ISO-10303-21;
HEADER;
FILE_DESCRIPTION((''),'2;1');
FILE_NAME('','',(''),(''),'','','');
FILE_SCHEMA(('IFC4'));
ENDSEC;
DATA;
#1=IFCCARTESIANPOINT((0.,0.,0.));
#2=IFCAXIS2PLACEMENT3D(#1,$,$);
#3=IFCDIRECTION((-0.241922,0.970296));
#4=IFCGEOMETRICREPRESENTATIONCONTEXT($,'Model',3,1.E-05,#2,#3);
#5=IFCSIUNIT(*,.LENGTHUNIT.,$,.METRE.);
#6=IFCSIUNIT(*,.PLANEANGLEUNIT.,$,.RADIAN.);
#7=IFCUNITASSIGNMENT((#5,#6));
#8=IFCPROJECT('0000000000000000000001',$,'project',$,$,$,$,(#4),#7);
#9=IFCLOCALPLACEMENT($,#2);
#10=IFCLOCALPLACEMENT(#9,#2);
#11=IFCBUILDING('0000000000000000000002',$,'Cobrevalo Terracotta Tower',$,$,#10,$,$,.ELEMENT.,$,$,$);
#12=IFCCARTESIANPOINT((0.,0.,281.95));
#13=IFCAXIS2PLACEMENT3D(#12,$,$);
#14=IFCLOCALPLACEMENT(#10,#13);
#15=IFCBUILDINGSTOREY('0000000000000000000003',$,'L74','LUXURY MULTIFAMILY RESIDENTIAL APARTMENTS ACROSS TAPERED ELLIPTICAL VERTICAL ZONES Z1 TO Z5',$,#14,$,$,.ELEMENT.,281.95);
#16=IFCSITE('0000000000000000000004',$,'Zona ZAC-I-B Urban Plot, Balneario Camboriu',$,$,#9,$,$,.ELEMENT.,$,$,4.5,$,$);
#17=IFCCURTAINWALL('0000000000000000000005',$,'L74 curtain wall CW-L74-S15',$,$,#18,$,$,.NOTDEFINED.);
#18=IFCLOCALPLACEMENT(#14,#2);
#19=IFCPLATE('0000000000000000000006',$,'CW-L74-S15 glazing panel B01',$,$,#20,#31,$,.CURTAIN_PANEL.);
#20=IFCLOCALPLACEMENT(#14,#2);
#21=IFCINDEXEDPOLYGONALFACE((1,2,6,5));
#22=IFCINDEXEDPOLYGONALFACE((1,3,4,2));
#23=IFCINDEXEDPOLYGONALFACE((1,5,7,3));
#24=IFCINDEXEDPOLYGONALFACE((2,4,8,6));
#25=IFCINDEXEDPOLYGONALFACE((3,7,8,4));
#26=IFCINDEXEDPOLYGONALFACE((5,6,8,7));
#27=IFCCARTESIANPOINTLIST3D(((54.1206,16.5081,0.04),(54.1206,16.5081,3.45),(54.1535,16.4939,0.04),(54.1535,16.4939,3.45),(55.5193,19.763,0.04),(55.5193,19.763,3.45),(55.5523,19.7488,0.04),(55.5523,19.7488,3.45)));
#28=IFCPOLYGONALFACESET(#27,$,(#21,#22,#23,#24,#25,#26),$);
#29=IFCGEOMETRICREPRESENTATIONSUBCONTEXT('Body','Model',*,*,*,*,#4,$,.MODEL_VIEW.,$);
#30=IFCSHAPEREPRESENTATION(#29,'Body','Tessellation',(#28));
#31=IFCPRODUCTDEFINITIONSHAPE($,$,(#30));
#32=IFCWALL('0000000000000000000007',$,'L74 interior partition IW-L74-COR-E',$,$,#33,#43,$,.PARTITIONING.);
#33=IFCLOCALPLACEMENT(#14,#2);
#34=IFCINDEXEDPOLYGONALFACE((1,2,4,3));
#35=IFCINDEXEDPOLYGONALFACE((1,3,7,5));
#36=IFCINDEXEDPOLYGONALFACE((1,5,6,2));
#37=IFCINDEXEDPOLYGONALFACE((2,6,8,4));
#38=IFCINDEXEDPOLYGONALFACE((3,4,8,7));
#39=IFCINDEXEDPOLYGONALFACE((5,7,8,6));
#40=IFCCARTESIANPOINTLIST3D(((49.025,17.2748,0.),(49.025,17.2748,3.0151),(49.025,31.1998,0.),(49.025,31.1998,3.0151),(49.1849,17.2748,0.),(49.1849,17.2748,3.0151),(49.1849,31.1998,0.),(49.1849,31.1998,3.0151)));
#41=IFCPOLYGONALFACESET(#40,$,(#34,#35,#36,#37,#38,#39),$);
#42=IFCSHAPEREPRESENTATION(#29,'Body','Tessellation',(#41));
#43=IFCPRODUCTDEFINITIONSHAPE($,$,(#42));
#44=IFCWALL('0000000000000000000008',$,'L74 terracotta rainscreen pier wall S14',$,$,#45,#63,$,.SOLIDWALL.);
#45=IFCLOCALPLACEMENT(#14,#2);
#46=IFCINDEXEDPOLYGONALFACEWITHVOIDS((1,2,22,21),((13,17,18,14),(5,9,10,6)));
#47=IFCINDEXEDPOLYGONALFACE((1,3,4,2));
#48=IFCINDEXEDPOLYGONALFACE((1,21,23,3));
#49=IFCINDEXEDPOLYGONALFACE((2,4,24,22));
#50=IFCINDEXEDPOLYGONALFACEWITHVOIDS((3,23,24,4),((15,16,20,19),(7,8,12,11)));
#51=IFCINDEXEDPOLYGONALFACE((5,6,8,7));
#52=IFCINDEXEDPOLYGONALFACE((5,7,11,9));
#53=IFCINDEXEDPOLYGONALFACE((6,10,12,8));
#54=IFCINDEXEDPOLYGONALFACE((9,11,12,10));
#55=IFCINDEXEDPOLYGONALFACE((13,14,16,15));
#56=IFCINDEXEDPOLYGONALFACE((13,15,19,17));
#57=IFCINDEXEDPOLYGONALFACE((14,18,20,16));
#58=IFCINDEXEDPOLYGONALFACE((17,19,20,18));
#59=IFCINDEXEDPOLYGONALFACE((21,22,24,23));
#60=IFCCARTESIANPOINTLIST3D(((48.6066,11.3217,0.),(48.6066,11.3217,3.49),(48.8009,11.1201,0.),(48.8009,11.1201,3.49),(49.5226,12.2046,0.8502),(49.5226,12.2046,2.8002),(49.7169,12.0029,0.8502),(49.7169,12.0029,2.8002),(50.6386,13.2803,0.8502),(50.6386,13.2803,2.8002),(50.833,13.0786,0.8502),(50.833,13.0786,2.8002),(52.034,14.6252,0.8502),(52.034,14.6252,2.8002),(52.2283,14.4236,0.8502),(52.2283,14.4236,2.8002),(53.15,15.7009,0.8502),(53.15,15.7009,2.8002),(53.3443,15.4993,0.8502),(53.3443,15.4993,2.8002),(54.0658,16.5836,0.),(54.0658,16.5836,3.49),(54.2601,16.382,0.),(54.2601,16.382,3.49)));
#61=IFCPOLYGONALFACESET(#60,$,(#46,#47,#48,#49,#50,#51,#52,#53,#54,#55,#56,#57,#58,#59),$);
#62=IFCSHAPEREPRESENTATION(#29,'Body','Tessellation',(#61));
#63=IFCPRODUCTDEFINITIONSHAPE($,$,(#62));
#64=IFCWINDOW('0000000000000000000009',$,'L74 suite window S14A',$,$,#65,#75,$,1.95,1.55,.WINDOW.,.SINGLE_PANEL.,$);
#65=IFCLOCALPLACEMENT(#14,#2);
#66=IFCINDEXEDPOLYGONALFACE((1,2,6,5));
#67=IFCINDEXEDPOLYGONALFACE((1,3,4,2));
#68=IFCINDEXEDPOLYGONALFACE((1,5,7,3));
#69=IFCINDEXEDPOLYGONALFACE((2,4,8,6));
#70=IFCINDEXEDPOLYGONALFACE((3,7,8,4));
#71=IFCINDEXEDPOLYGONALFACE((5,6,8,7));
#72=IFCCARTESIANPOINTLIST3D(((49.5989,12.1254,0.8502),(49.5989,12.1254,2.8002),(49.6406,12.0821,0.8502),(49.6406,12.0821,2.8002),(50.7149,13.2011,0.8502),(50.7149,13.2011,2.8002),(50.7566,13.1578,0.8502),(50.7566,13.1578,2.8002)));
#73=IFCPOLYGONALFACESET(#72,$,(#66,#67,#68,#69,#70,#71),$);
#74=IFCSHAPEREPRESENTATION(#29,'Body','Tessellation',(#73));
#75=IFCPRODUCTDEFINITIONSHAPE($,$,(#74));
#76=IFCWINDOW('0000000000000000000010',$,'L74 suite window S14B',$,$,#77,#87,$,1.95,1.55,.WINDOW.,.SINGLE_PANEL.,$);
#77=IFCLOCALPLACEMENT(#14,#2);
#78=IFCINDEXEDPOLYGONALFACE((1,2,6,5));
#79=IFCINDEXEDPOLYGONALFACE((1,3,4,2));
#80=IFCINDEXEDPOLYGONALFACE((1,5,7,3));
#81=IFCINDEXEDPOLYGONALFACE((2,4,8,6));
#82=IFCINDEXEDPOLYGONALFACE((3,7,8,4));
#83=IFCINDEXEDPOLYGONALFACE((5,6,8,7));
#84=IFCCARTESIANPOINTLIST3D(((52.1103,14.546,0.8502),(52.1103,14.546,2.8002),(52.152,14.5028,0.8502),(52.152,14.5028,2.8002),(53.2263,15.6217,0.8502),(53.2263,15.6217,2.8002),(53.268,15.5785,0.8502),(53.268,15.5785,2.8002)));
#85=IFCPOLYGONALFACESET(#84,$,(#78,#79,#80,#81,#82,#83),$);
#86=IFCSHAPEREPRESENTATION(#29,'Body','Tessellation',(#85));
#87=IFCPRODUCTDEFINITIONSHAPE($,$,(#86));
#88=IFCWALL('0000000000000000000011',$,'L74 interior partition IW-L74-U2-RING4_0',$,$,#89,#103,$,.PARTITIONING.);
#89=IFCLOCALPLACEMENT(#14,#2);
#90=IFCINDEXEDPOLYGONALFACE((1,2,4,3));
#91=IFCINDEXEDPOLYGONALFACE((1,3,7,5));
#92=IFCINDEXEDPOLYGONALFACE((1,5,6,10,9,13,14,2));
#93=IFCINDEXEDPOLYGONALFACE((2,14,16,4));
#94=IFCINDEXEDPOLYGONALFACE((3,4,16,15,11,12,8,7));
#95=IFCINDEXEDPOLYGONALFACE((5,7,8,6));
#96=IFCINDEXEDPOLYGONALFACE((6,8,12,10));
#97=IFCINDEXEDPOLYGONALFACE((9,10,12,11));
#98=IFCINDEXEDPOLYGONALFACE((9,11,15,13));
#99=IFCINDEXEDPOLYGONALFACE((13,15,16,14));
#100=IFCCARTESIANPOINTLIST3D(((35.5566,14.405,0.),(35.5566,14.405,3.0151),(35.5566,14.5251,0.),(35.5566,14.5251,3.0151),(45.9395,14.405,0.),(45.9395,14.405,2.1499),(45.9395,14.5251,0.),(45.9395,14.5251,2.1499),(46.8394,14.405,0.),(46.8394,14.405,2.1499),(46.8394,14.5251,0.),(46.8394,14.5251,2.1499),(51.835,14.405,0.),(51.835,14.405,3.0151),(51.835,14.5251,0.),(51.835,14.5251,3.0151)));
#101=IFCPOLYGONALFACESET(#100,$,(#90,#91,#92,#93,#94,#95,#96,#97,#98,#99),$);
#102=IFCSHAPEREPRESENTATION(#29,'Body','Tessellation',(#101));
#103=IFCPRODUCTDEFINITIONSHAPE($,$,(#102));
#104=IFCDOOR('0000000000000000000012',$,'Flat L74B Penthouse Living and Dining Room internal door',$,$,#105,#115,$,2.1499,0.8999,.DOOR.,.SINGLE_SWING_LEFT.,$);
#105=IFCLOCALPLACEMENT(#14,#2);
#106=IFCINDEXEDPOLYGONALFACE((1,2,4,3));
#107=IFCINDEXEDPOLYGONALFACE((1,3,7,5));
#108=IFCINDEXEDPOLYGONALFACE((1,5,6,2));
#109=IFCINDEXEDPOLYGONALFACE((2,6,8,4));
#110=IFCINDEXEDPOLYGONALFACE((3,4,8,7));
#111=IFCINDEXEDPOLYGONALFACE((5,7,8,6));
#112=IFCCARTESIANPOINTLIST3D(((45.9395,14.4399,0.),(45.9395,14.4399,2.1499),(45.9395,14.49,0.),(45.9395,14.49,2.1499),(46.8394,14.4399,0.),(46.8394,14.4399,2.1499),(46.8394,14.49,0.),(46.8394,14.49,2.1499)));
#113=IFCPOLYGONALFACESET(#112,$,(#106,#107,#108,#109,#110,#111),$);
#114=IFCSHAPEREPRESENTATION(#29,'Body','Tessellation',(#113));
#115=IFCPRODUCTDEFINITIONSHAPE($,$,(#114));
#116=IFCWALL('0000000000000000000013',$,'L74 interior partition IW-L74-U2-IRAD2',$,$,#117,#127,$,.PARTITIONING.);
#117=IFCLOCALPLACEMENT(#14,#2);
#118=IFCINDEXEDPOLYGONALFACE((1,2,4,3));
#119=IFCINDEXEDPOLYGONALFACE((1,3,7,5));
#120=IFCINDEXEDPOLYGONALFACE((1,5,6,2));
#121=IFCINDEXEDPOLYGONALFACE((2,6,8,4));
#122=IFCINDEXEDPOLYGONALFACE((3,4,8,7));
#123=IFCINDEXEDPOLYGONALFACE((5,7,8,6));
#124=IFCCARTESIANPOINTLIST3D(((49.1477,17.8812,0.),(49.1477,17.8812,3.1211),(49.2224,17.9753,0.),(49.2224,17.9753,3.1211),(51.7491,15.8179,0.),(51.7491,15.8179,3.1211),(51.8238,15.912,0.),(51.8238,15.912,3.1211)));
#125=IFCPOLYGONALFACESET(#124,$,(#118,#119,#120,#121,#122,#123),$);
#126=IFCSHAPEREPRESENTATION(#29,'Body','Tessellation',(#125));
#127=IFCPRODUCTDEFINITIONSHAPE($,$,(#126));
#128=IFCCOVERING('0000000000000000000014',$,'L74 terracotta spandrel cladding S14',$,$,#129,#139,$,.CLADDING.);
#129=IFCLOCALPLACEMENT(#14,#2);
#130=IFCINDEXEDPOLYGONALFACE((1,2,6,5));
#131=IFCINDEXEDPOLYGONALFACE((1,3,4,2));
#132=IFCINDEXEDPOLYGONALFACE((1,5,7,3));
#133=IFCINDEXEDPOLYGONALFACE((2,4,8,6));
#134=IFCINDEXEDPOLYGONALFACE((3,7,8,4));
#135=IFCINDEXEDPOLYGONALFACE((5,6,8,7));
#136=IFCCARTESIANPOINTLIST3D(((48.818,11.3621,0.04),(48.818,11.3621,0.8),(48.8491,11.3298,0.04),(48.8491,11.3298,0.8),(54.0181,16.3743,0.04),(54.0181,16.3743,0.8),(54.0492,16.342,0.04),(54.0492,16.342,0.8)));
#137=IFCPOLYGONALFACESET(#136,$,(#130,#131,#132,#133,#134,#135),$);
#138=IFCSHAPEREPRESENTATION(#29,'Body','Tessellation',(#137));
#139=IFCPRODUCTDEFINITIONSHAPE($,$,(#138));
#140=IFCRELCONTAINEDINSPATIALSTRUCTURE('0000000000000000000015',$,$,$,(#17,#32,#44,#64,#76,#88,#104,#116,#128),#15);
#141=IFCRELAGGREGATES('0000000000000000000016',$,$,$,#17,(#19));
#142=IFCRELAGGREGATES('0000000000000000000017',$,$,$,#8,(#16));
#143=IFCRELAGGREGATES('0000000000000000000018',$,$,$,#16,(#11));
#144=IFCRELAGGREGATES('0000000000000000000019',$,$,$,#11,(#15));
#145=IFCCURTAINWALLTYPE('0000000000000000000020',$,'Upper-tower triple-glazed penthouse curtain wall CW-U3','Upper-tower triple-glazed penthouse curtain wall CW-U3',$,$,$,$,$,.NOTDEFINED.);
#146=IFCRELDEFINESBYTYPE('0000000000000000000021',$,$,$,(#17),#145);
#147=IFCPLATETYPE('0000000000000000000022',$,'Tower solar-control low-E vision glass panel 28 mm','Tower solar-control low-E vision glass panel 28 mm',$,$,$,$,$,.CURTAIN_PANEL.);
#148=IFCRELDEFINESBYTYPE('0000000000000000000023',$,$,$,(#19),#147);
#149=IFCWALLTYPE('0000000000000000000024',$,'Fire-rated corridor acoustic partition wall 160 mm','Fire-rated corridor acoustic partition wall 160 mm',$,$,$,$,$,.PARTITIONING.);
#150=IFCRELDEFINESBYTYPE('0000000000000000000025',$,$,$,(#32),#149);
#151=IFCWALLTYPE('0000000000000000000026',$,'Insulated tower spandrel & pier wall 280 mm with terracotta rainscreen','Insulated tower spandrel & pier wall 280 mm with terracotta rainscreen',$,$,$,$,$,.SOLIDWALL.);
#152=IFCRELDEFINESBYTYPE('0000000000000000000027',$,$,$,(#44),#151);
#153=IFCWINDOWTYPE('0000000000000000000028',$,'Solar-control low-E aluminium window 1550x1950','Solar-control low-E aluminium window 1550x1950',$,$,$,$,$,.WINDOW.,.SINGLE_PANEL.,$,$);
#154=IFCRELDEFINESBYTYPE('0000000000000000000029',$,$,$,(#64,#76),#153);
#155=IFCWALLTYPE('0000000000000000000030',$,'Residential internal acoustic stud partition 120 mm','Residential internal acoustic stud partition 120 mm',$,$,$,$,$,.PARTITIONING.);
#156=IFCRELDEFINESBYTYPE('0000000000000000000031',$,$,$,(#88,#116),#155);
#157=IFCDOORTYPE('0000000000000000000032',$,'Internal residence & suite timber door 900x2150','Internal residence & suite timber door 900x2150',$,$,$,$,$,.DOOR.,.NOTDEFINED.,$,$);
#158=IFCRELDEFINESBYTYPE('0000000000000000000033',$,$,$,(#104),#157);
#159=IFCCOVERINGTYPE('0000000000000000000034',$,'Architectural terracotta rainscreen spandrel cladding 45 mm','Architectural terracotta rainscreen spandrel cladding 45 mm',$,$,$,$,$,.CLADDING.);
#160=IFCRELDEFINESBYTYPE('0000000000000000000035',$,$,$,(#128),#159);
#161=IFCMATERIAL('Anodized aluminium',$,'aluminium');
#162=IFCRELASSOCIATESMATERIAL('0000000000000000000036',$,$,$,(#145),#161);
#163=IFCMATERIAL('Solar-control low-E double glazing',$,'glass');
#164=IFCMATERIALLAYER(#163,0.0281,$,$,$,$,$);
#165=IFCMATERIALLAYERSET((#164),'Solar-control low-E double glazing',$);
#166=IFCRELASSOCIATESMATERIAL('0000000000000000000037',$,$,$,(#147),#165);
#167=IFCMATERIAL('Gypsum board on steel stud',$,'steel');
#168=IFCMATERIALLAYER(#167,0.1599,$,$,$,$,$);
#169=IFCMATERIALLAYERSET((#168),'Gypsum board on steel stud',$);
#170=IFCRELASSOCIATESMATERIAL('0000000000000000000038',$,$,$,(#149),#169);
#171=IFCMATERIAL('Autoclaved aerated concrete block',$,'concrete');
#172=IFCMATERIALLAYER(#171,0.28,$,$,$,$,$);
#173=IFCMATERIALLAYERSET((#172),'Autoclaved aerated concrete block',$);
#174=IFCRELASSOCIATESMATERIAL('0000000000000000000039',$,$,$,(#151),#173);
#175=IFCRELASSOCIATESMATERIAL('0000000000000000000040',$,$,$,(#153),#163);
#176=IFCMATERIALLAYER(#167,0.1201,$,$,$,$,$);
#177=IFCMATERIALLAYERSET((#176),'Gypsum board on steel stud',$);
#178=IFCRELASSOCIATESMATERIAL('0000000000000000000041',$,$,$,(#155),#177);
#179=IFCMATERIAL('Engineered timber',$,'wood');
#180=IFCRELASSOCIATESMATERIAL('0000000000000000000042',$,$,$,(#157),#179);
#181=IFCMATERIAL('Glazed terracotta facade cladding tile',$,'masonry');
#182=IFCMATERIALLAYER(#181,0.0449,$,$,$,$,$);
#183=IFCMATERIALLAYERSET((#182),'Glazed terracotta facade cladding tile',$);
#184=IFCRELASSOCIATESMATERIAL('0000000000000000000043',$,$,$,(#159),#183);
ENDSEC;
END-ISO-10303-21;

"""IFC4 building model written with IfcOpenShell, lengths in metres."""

from ifc_helpers import new_model, si_unit, direction, frame, frame_2d, origin, origin_2d, place, context, subcontext, project, spatial, rectangle, extrude, source, transform, mapped, material, layer, layer_set, type_object, element, fill, aggregate, save


model = new_model("IFC4")

# Units and contexts
model_context = context("Model", 3, precision=1e-05, world=origin(), true_north=direction((-0.241922, 0.970296)))
body_context = subcontext(model_context, "Body", "Model", "MODEL_VIEW")
ifc_project = project(units=[si_unit("LENGTHUNIT", "METRE"), si_unit("PLANEANGLEUNIT", "RADIAN")], contexts=[model_context])

# Site, building, storey
site_placement = place(None, origin())
site = spatial("IfcSite", under=ifc_project, at=site_placement, Name="Zona ZAC-I-B Urban Plot, Balneario Camboriu", CompositionType="ELEMENT", RefElevation=4.5)
building_placement = place(site_placement, origin())
building = spatial("IfcBuilding", under=site, at=building_placement, Name="Cobrevalo Terracotta Tower", CompositionType="ELEMENT")
storey_placement = place(building_placement, frame((0.0, 0.0, 281.95)))
storey = spatial("IfcBuildingStorey", under=building, at=storey_placement, Name="L74", Description="LUXURY MULTIFAMILY RESIDENTIAL APARTMENTS ACROSS TAPERED ELLIPTICAL VERTICAL ZONES Z1 TO Z5", CompositionType="ELEMENT", Elevation=281.95)

# Shared definitions
ifc_material_1 = material(Name="Anodized aluminium", Category="aluminium")
curtain_wall_type = type_object("IfcCurtainWallType", Name="Upper-tower triple-glazed penthouse curtain wall CW-U3", Description="Upper-tower triple-glazed penthouse curtain wall CW-U3", PredefinedType="NOTDEFINED", material=ifc_material_1)

# Curtain wall
curtain_wall_1_placement = place(storey_placement, origin())
curtain_wall_1 = element("IfcCurtainWall", 1, at=curtain_wall_1_placement, inside=storey, type_object=curtain_wall_type, Name="L74 curtain wall CW-L74-S15", PredefinedType="NOTDEFINED")

# Plate
ifc_material_2 = material(Name="Solar-control low-E double glazing", Category="glass")
ifc_layer_1 = layer(ifc_material_2, 0.0281)
ifc_layer_set_1 = layer_set([ifc_layer_1], Name="Solar-control low-E double glazing")
plate_type = type_object("IfcPlateType", Name="Tower solar-control low-E vision glass panel 28 mm", Description="Tower solar-control low-E vision glass panel 28 mm", PredefinedType="CURTAIN_PANEL", material=ifc_layer_set_1)
shared_shape_1 = source(origin(), body_context, "Body", "SweptSolid", [
    extrude(rectangle(XDim=3.5427, YDim=0.0359, at=origin_2d()), origin(), (0.0, 0.0, 1.0), 3.4099),
])
plate_1_placement = place(storey_placement, frame((54.8364, 18.1284, 0.04), z_axis=(0.0, 0.0, 1.0), x_axis=(0.394829, 0.918755, 0.0)))
plate_1 = element("IfcPlate", 2, at=plate_1_placement, type_object=plate_type, Name="CW-L74-S15 glazing panel B01", PredefinedType="CURTAIN_PANEL", context=body_context, shape_type="MappedRepresentation", body=[
    mapped(shared_shape_1, transform((0.0, 0.0, 0.0), scale=1.0)),
])
aggregate(curtain_wall_1, [plate_1])

# Wall
ifc_material_3 = material(Name="Gypsum board on steel stud", Category="steel")
ifc_layer_2 = layer(ifc_material_3, 0.1599)
ifc_layer_set_2 = layer_set([ifc_layer_2], Name="Gypsum board on steel stud")
wall_type_1 = type_object("IfcWallType", Name="Fire-rated corridor acoustic partition wall 160 mm", Description="Fire-rated corridor acoustic partition wall 160 mm", PredefinedType="PARTITIONING", material=ifc_layer_set_2)
wall_1_placement = place(storey_placement, frame((49.105, 17.2749, 0.0), z_axis=(0.0, 0.0, 1.0), x_axis=(0.0, 1.0, 0.0)))
element("IfcWall", 3, at=wall_1_placement, inside=storey, type_object=wall_type_1, Name="L74 interior partition IW-L74-COR-E", PredefinedType="PARTITIONING", context=body_context, shape_type="SweptSolid", body=[
    extrude(rectangle(XDim=13.925, YDim=0.1599, at=frame_2d((6.9624, 0.0))), origin(), (0.0, 0.0, 1.0), 3.0151),
])

# Wall, openings, windows
ifc_material_4 = material(Name="Autoclaved aerated concrete block", Category="concrete")
ifc_layer_3 = layer(ifc_material_4, 0.28)
ifc_layer_set_3 = layer_set([ifc_layer_3], Name="Autoclaved aerated concrete block")
wall_type_2 = type_object("IfcWallType", Name="Insulated tower spandrel & pier wall 280 mm with terracotta rainscreen", Description="Insulated tower spandrel & pier wall 280 mm with terracotta rainscreen", PredefinedType="SOLIDWALL", material=ifc_layer_set_3)
wall_2_placement = place(storey_placement, frame((48.7039, 11.2209, 0.0), z_axis=(0.0, 0.0, 1.0), x_axis=(0.719995, 0.693979, 0.0)))
wall_2 = element("IfcWall", 4, at=wall_2_placement, inside=storey, type_object=wall_type_2, Name="L74 terracotta rainscreen pier wall S14", PredefinedType="SOLIDWALL", context=body_context, shape_type="SweptSolid", body=[
    extrude(rectangle(XDim=7.5823, YDim=0.28, at=frame_2d((3.791, 0.0))), origin(), (0.0, 0.0, 1.0), 3.49),
])
opening_1_placement = place(wall_2_placement, frame((1.2722, 0.0, 0.8501)))
opening_1 = element("IfcOpeningElement", 5, at=opening_1_placement, cuts=wall_2, PredefinedType="OPENING", context=body_context, shape_type="SweptSolid", body=[
    extrude(rectangle(XDim=1.55, YDim=1.95, at=frame_2d((0.7749, 0.9751))), frame((0.0, 0.1499, 0.0), z_axis=(0.0, -1.0, 0.0), x_axis=(1.0, 0.0, 0.0)), (0.0, 0.0, 1.0), 0.3),
])
opening_2_placement = place(wall_2_placement, frame((4.7603, 0.0, 0.8501)))
opening_2 = element("IfcOpeningElement", 6, at=opening_2_placement, cuts=wall_2, PredefinedType="OPENING", context=body_context, shape_type="SweptSolid", body=[
    extrude(rectangle(XDim=1.55, YDim=1.95, at=frame_2d((0.7749, 0.9751))), frame((0.0, 0.1499, 0.0), z_axis=(0.0, -1.0, 0.0), x_axis=(1.0, 0.0, 0.0)), (0.0, 0.0, 1.0), 0.3),
])
window_type = type_object("IfcWindowType", Name="Solar-control low-E aluminium window 1550x1950", Description="Solar-control low-E aluminium window 1550x1950", PartitioningType="SINGLE_PANEL", PredefinedType="WINDOW", material=ifc_material_2)
shared_shape_2 = source(origin(), body_context, "Body", "SweptSolid", [
    extrude(rectangle(XDim=1.55, YDim=1.95, at=frame_2d((0.7749, 0.9751))), frame((0.0, 0.03, 0.0), z_axis=(0.0, -1.0, 0.0), x_axis=(1.0, 0.0, 0.0)), (0.0, 0.0, 1.0), 0.0601),
])
window_1_placement = place(opening_1_placement, origin())
window_1 = element("IfcWindow", 7, at=window_1_placement, inside=storey, type_object=window_type, Name="L74 suite window S14A", OverallHeight=1.95, OverallWidth=1.55, PartitioningType="SINGLE_PANEL", PredefinedType="WINDOW", context=body_context, shape_type="MappedRepresentation", body=[
    mapped(shared_shape_2, transform((0.0, 0.0, 0.0), scale=1.0)),
])
fill(opening_1, window_1)
window_2_placement = place(opening_2_placement, origin())
window_2 = element("IfcWindow", 8, at=window_2_placement, inside=storey, type_object=window_type, Name="L74 suite window S14B", OverallHeight=1.95, OverallWidth=1.55, PartitioningType="SINGLE_PANEL", PredefinedType="WINDOW", context=body_context, shape_type="MappedRepresentation", body=[
    mapped(shared_shape_2, transform((0.0, 0.0, 0.0), scale=1.0)),
])
fill(opening_2, window_2)

# Wall, opening, door
ifc_layer_4 = layer(ifc_material_3, 0.1201)
ifc_layer_set_4 = layer_set([ifc_layer_4], Name="Gypsum board on steel stud")
wall_type_3 = type_object("IfcWallType", Name="Residential internal acoustic stud partition 120 mm", Description="Residential internal acoustic stud partition 120 mm", PredefinedType="PARTITIONING", material=ifc_layer_set_4)
wall_3_placement = place(storey_placement, frame((51.835, 14.4651, 0.0), z_axis=(0.0, 0.0, 1.0), x_axis=(-1.0, 0.0, 0.0)))
wall_3 = element("IfcWall", 9, at=wall_3_placement, inside=storey, type_object=wall_type_3, Name="L74 interior partition IW-L74-U2-RING4_0", PredefinedType="PARTITIONING", context=body_context, shape_type="SweptSolid", body=[
    extrude(rectangle(XDim=16.2783, YDim=0.1201, at=frame_2d((8.1392, 0.0))), origin(), (0.0, 0.0, 1.0), 3.0151),
])
opening_3_placement = place(wall_3_placement, frame((4.9956, 0.0, 0.0)))
opening_3 = element("IfcOpeningElement", 10, at=opening_3_placement, cuts=wall_3, PredefinedType="OPENING", context=body_context, shape_type="SweptSolid", body=[
    extrude(rectangle(XDim=0.8999, YDim=2.1499, at=frame_2d((0.45, 1.075))), frame((0.0, 0.0701, 0.0), z_axis=(0.0, -1.0, 0.0), x_axis=(1.0, 0.0, 0.0)), (0.0, 0.0, 1.0), 0.1401),
])
ifc_material_5 = material(Name="Engineered timber", Category="wood")
door_type = type_object("IfcDoorType", Name="Internal residence & suite timber door 900x2150", Description="Internal residence & suite timber door 900x2150", OperationType="NOTDEFINED", PredefinedType="DOOR", material=ifc_material_5)
shared_shape_3 = source(origin(), body_context, "Body", "SweptSolid", [
    extrude(rectangle(XDim=0.8999, YDim=2.1499, at=frame_2d((0.45, 1.075))), frame((0.0, 0.0249, 0.0), z_axis=(0.0, -1.0, 0.0), x_axis=(1.0, 0.0, 0.0)), (0.0, 0.0, 1.0), 0.05),
])
door_placement = place(opening_3_placement, frame((0.8999, 0.0, 0.0), z_axis=(0.0, 0.0, 1.0), x_axis=(-1.0, 0.0, 0.0)))
door = element("IfcDoor", 11, at=door_placement, inside=storey, type_object=door_type, Name="Flat L74B Penthouse Living and Dining Room internal door", OperationType="SINGLE_SWING_LEFT", OverallHeight=2.1499, OverallWidth=0.8999, PredefinedType="DOOR", context=body_context, shape_type="MappedRepresentation", body=[
    mapped(shared_shape_3, transform((0.0, 0.0, 0.0), scale=1.0)),
])
fill(opening_3, door)

# Wall
wall_4_placement = place(storey_placement, frame((49.1851, 17.9282, 0.0), z_axis=(0.0, 0.0, 1.0), x_axis=(0.78348, -0.621417, 0.0)))
element("IfcWall", 12, at=wall_4_placement, inside=storey, type_object=wall_type_3, Name="L74 interior partition IW-L74-U2-IRAD2", PredefinedType="PARTITIONING", context=body_context, shape_type="SweptSolid", body=[
    extrude(rectangle(XDim=3.3203, YDim=0.1201, at=frame_2d((1.6602, 0.0))), origin(), (0.0, 0.0, 1.0), 3.1211),
])

# Covering
ifc_material_6 = material(Name="Glazed terracotta facade cladding tile", Category="masonry")
ifc_layer_5 = layer(ifc_material_6, 0.0449)
ifc_layer_set_5 = layer_set([ifc_layer_5], Name="Glazed terracotta facade cladding tile")
covering_type = type_object("IfcCoveringType", Name="Architectural terracotta rainscreen spandrel cladding 45 mm", Description="Architectural terracotta rainscreen spandrel cladding 45 mm", PredefinedType="CLADDING", material=ifc_layer_set_5)
shared_shape_4 = source(origin(), body_context, "Body", "SweptSolid", [
    extrude(rectangle(XDim=7.2224, YDim=0.0449, at=origin_2d()), origin(), (0.0, 0.0, 1.0), 0.76),
])
covering_placement = place(storey_placement, frame((51.4336, 13.8521, 0.04), z_axis=(0.0, 0.0, 1.0), x_axis=(0.719997, 0.693978, 0.0)))
element("IfcCovering", 13, at=covering_placement, inside=storey, type_object=covering_type, Name="L74 terracotta spandrel cladding S14", PredefinedType="CLADDING", context=body_context, shape_type="MappedRepresentation", body=[
    mapped(shared_shape_4, transform((0.0, 0.0, 0.0), scale=1.0)),
])

save(model, "model.ifc")
